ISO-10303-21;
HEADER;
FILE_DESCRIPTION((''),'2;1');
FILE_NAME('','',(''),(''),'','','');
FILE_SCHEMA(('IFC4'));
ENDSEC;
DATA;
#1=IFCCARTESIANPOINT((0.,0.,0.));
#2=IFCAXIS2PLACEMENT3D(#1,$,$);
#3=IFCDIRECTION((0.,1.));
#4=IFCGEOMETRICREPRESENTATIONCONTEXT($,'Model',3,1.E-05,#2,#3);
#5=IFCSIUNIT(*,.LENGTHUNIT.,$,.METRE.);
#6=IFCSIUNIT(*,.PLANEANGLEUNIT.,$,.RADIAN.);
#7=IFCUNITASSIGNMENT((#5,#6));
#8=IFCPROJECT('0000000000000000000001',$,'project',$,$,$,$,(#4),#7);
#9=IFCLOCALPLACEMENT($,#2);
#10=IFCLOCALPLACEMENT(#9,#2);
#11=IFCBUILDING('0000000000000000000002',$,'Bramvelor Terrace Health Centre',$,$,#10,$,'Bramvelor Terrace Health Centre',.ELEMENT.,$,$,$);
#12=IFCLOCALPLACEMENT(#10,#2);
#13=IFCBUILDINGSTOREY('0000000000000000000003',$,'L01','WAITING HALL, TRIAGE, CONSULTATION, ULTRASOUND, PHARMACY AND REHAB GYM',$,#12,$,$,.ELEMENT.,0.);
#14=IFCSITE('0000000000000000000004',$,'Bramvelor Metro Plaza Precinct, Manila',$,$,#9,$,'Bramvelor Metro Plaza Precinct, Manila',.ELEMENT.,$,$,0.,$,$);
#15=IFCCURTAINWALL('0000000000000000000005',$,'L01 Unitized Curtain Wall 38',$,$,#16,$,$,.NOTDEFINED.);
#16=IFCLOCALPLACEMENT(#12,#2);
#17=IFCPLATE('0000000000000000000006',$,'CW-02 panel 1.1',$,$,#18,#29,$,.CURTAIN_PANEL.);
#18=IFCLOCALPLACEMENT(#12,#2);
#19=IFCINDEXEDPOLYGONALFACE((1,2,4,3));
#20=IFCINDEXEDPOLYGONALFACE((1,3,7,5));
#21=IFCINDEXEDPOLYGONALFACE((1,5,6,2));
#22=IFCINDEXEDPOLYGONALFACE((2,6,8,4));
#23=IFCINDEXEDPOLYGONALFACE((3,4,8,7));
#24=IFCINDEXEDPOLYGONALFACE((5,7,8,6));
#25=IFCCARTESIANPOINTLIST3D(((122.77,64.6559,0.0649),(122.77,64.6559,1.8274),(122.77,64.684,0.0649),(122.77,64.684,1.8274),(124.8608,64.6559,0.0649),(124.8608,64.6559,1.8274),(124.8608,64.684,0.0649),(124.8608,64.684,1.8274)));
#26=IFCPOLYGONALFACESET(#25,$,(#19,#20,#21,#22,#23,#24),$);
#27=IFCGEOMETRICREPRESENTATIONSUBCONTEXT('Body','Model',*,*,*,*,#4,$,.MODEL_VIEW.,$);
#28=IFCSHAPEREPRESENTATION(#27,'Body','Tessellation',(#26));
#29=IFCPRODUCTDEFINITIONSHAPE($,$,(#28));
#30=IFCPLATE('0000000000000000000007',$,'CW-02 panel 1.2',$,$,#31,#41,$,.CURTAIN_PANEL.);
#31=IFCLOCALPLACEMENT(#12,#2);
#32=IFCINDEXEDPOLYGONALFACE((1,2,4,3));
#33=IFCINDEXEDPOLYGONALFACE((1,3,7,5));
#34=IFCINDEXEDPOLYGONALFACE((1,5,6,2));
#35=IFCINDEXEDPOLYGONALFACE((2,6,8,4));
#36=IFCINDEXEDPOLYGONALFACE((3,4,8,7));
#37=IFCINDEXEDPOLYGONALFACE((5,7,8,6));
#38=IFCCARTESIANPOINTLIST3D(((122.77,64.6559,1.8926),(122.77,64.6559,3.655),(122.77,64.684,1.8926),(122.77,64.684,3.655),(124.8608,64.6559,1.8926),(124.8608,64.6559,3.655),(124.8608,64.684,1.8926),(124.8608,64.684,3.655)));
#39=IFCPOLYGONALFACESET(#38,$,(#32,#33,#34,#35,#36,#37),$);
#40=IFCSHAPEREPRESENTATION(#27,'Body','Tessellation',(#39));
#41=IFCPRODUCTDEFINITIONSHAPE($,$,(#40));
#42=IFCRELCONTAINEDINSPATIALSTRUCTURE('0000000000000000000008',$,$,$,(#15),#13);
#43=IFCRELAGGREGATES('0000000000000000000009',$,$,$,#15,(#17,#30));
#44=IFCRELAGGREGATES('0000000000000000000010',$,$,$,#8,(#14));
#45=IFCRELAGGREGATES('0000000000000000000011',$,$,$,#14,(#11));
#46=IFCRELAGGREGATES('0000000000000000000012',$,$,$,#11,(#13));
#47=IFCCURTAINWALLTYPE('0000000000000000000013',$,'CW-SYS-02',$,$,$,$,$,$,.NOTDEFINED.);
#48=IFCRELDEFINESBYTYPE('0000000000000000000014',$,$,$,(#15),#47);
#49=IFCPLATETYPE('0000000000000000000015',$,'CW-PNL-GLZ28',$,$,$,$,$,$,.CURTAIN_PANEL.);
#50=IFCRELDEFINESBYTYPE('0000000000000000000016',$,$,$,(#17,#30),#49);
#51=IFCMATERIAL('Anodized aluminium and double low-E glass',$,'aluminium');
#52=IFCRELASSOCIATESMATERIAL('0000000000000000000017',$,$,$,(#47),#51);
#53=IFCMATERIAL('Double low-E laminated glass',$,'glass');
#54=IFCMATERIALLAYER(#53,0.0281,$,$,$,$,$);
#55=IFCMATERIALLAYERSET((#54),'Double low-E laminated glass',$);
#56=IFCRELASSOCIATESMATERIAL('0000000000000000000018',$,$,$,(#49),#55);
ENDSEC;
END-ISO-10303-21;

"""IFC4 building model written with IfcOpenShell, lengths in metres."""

from ifc_helpers import new_model, si_unit, direction, frame, origin, origin_2d, place, context, subcontext, project, spatial, rectangle, extrude, material, layer, layer_set, type_object, element, aggregate, save


model = new_model("IFC4")

# Units and contexts
model_context = context("Model", 3, precision=1e-05, world=origin(), true_north=direction((0.0, 1.0)))
body_context = subcontext(model_context, "Body", "Model", "MODEL_VIEW")
ifc_project = project(units=[si_unit("LENGTHUNIT", "METRE"), si_unit("PLANEANGLEUNIT", "RADIAN")], contexts=[model_context])

# Site, building, storey
site_placement = place(None, origin())
site = spatial("IfcSite", under=ifc_project, at=site_placement, Name="Bramvelor Metro Plaza Precinct, Manila", LongName="Bramvelor Metro Plaza Precinct, Manila", CompositionType="ELEMENT", RefElevation=0.0)
building_placement = place(site_placement, origin())
building = spatial("IfcBuilding", under=site, at=building_placement, Name="Bramvelor Terrace Health Centre", LongName="Bramvelor Terrace Health Centre", CompositionType="ELEMENT")
storey_placement = place(building_placement, origin())
storey = spatial("IfcBuildingStorey", under=building, at=storey_placement, Name="L01", Description="WAITING HALL, TRIAGE, CONSULTATION, ULTRASOUND, PHARMACY AND REHAB GYM", CompositionType="ELEMENT", Elevation=0.0)

# Curtain wall, plates
ifc_material_1 = material(Name="Anodized aluminium and double low-E glass", Category="aluminium")
curtain_wall_type = type_object("IfcCurtainWallType", Name="CW-SYS-02", PredefinedType="NOTDEFINED", material=ifc_material_1)
curtain_wall_placement = place(storey_placement, origin())
curtain_wall = element("IfcCurtainWall", 1, at=curtain_wall_placement, inside=storey, type_object=curtain_wall_type, Name="L01 Unitized Curtain Wall 38", PredefinedType="NOTDEFINED")
ifc_material_2 = material(Name="Double low-E laminated glass", Category="glass")
ifc_layer = layer(ifc_material_2, 0.0281)
ifc_layer_set = layer_set([ifc_layer], Name="Double low-E laminated glass")
plate_type = type_object("IfcPlateType", Name="CW-PNL-GLZ28", PredefinedType="CURTAIN_PANEL", material=ifc_layer_set)
plate_1_placement = place(storey_placement, frame((123.8154, 64.6699, 0.0649), z_axis=(0.0, 0.0, 1.0), x_axis=(1.0, 0.0, 0.0)))
plate_1 = element("IfcPlate", 2, at=plate_1_placement, type_object=plate_type, Name="CW-02 panel 1.1", PredefinedType="CURTAIN_PANEL", context=body_context, shape_type="SweptSolid", body=[
    extrude(rectangle(XDim=2.0908, YDim=0.0281, at=origin_2d()), origin(), (0.0, 0.0, 1.0), 1.7625),
])
plate_2_placement = place(storey_placement, frame((123.8154, 64.6699, 1.8926), z_axis=(0.0, 0.0, 1.0), x_axis=(1.0, 0.0, 0.0)))
plate_2 = element("IfcPlate", 3, at=plate_2_placement, type_object=plate_type, Name="CW-02 panel 1.2", PredefinedType="CURTAIN_PANEL", context=body_context, shape_type="SweptSolid", body=[
    extrude(rectangle(XDim=2.0908, YDim=0.0281, at=origin_2d()), origin(), (0.0, 0.0, 1.0), 1.7625),
])
aggregate(curtain_wall, [plate_1, plate_2])

save(model, "model.ifc")
